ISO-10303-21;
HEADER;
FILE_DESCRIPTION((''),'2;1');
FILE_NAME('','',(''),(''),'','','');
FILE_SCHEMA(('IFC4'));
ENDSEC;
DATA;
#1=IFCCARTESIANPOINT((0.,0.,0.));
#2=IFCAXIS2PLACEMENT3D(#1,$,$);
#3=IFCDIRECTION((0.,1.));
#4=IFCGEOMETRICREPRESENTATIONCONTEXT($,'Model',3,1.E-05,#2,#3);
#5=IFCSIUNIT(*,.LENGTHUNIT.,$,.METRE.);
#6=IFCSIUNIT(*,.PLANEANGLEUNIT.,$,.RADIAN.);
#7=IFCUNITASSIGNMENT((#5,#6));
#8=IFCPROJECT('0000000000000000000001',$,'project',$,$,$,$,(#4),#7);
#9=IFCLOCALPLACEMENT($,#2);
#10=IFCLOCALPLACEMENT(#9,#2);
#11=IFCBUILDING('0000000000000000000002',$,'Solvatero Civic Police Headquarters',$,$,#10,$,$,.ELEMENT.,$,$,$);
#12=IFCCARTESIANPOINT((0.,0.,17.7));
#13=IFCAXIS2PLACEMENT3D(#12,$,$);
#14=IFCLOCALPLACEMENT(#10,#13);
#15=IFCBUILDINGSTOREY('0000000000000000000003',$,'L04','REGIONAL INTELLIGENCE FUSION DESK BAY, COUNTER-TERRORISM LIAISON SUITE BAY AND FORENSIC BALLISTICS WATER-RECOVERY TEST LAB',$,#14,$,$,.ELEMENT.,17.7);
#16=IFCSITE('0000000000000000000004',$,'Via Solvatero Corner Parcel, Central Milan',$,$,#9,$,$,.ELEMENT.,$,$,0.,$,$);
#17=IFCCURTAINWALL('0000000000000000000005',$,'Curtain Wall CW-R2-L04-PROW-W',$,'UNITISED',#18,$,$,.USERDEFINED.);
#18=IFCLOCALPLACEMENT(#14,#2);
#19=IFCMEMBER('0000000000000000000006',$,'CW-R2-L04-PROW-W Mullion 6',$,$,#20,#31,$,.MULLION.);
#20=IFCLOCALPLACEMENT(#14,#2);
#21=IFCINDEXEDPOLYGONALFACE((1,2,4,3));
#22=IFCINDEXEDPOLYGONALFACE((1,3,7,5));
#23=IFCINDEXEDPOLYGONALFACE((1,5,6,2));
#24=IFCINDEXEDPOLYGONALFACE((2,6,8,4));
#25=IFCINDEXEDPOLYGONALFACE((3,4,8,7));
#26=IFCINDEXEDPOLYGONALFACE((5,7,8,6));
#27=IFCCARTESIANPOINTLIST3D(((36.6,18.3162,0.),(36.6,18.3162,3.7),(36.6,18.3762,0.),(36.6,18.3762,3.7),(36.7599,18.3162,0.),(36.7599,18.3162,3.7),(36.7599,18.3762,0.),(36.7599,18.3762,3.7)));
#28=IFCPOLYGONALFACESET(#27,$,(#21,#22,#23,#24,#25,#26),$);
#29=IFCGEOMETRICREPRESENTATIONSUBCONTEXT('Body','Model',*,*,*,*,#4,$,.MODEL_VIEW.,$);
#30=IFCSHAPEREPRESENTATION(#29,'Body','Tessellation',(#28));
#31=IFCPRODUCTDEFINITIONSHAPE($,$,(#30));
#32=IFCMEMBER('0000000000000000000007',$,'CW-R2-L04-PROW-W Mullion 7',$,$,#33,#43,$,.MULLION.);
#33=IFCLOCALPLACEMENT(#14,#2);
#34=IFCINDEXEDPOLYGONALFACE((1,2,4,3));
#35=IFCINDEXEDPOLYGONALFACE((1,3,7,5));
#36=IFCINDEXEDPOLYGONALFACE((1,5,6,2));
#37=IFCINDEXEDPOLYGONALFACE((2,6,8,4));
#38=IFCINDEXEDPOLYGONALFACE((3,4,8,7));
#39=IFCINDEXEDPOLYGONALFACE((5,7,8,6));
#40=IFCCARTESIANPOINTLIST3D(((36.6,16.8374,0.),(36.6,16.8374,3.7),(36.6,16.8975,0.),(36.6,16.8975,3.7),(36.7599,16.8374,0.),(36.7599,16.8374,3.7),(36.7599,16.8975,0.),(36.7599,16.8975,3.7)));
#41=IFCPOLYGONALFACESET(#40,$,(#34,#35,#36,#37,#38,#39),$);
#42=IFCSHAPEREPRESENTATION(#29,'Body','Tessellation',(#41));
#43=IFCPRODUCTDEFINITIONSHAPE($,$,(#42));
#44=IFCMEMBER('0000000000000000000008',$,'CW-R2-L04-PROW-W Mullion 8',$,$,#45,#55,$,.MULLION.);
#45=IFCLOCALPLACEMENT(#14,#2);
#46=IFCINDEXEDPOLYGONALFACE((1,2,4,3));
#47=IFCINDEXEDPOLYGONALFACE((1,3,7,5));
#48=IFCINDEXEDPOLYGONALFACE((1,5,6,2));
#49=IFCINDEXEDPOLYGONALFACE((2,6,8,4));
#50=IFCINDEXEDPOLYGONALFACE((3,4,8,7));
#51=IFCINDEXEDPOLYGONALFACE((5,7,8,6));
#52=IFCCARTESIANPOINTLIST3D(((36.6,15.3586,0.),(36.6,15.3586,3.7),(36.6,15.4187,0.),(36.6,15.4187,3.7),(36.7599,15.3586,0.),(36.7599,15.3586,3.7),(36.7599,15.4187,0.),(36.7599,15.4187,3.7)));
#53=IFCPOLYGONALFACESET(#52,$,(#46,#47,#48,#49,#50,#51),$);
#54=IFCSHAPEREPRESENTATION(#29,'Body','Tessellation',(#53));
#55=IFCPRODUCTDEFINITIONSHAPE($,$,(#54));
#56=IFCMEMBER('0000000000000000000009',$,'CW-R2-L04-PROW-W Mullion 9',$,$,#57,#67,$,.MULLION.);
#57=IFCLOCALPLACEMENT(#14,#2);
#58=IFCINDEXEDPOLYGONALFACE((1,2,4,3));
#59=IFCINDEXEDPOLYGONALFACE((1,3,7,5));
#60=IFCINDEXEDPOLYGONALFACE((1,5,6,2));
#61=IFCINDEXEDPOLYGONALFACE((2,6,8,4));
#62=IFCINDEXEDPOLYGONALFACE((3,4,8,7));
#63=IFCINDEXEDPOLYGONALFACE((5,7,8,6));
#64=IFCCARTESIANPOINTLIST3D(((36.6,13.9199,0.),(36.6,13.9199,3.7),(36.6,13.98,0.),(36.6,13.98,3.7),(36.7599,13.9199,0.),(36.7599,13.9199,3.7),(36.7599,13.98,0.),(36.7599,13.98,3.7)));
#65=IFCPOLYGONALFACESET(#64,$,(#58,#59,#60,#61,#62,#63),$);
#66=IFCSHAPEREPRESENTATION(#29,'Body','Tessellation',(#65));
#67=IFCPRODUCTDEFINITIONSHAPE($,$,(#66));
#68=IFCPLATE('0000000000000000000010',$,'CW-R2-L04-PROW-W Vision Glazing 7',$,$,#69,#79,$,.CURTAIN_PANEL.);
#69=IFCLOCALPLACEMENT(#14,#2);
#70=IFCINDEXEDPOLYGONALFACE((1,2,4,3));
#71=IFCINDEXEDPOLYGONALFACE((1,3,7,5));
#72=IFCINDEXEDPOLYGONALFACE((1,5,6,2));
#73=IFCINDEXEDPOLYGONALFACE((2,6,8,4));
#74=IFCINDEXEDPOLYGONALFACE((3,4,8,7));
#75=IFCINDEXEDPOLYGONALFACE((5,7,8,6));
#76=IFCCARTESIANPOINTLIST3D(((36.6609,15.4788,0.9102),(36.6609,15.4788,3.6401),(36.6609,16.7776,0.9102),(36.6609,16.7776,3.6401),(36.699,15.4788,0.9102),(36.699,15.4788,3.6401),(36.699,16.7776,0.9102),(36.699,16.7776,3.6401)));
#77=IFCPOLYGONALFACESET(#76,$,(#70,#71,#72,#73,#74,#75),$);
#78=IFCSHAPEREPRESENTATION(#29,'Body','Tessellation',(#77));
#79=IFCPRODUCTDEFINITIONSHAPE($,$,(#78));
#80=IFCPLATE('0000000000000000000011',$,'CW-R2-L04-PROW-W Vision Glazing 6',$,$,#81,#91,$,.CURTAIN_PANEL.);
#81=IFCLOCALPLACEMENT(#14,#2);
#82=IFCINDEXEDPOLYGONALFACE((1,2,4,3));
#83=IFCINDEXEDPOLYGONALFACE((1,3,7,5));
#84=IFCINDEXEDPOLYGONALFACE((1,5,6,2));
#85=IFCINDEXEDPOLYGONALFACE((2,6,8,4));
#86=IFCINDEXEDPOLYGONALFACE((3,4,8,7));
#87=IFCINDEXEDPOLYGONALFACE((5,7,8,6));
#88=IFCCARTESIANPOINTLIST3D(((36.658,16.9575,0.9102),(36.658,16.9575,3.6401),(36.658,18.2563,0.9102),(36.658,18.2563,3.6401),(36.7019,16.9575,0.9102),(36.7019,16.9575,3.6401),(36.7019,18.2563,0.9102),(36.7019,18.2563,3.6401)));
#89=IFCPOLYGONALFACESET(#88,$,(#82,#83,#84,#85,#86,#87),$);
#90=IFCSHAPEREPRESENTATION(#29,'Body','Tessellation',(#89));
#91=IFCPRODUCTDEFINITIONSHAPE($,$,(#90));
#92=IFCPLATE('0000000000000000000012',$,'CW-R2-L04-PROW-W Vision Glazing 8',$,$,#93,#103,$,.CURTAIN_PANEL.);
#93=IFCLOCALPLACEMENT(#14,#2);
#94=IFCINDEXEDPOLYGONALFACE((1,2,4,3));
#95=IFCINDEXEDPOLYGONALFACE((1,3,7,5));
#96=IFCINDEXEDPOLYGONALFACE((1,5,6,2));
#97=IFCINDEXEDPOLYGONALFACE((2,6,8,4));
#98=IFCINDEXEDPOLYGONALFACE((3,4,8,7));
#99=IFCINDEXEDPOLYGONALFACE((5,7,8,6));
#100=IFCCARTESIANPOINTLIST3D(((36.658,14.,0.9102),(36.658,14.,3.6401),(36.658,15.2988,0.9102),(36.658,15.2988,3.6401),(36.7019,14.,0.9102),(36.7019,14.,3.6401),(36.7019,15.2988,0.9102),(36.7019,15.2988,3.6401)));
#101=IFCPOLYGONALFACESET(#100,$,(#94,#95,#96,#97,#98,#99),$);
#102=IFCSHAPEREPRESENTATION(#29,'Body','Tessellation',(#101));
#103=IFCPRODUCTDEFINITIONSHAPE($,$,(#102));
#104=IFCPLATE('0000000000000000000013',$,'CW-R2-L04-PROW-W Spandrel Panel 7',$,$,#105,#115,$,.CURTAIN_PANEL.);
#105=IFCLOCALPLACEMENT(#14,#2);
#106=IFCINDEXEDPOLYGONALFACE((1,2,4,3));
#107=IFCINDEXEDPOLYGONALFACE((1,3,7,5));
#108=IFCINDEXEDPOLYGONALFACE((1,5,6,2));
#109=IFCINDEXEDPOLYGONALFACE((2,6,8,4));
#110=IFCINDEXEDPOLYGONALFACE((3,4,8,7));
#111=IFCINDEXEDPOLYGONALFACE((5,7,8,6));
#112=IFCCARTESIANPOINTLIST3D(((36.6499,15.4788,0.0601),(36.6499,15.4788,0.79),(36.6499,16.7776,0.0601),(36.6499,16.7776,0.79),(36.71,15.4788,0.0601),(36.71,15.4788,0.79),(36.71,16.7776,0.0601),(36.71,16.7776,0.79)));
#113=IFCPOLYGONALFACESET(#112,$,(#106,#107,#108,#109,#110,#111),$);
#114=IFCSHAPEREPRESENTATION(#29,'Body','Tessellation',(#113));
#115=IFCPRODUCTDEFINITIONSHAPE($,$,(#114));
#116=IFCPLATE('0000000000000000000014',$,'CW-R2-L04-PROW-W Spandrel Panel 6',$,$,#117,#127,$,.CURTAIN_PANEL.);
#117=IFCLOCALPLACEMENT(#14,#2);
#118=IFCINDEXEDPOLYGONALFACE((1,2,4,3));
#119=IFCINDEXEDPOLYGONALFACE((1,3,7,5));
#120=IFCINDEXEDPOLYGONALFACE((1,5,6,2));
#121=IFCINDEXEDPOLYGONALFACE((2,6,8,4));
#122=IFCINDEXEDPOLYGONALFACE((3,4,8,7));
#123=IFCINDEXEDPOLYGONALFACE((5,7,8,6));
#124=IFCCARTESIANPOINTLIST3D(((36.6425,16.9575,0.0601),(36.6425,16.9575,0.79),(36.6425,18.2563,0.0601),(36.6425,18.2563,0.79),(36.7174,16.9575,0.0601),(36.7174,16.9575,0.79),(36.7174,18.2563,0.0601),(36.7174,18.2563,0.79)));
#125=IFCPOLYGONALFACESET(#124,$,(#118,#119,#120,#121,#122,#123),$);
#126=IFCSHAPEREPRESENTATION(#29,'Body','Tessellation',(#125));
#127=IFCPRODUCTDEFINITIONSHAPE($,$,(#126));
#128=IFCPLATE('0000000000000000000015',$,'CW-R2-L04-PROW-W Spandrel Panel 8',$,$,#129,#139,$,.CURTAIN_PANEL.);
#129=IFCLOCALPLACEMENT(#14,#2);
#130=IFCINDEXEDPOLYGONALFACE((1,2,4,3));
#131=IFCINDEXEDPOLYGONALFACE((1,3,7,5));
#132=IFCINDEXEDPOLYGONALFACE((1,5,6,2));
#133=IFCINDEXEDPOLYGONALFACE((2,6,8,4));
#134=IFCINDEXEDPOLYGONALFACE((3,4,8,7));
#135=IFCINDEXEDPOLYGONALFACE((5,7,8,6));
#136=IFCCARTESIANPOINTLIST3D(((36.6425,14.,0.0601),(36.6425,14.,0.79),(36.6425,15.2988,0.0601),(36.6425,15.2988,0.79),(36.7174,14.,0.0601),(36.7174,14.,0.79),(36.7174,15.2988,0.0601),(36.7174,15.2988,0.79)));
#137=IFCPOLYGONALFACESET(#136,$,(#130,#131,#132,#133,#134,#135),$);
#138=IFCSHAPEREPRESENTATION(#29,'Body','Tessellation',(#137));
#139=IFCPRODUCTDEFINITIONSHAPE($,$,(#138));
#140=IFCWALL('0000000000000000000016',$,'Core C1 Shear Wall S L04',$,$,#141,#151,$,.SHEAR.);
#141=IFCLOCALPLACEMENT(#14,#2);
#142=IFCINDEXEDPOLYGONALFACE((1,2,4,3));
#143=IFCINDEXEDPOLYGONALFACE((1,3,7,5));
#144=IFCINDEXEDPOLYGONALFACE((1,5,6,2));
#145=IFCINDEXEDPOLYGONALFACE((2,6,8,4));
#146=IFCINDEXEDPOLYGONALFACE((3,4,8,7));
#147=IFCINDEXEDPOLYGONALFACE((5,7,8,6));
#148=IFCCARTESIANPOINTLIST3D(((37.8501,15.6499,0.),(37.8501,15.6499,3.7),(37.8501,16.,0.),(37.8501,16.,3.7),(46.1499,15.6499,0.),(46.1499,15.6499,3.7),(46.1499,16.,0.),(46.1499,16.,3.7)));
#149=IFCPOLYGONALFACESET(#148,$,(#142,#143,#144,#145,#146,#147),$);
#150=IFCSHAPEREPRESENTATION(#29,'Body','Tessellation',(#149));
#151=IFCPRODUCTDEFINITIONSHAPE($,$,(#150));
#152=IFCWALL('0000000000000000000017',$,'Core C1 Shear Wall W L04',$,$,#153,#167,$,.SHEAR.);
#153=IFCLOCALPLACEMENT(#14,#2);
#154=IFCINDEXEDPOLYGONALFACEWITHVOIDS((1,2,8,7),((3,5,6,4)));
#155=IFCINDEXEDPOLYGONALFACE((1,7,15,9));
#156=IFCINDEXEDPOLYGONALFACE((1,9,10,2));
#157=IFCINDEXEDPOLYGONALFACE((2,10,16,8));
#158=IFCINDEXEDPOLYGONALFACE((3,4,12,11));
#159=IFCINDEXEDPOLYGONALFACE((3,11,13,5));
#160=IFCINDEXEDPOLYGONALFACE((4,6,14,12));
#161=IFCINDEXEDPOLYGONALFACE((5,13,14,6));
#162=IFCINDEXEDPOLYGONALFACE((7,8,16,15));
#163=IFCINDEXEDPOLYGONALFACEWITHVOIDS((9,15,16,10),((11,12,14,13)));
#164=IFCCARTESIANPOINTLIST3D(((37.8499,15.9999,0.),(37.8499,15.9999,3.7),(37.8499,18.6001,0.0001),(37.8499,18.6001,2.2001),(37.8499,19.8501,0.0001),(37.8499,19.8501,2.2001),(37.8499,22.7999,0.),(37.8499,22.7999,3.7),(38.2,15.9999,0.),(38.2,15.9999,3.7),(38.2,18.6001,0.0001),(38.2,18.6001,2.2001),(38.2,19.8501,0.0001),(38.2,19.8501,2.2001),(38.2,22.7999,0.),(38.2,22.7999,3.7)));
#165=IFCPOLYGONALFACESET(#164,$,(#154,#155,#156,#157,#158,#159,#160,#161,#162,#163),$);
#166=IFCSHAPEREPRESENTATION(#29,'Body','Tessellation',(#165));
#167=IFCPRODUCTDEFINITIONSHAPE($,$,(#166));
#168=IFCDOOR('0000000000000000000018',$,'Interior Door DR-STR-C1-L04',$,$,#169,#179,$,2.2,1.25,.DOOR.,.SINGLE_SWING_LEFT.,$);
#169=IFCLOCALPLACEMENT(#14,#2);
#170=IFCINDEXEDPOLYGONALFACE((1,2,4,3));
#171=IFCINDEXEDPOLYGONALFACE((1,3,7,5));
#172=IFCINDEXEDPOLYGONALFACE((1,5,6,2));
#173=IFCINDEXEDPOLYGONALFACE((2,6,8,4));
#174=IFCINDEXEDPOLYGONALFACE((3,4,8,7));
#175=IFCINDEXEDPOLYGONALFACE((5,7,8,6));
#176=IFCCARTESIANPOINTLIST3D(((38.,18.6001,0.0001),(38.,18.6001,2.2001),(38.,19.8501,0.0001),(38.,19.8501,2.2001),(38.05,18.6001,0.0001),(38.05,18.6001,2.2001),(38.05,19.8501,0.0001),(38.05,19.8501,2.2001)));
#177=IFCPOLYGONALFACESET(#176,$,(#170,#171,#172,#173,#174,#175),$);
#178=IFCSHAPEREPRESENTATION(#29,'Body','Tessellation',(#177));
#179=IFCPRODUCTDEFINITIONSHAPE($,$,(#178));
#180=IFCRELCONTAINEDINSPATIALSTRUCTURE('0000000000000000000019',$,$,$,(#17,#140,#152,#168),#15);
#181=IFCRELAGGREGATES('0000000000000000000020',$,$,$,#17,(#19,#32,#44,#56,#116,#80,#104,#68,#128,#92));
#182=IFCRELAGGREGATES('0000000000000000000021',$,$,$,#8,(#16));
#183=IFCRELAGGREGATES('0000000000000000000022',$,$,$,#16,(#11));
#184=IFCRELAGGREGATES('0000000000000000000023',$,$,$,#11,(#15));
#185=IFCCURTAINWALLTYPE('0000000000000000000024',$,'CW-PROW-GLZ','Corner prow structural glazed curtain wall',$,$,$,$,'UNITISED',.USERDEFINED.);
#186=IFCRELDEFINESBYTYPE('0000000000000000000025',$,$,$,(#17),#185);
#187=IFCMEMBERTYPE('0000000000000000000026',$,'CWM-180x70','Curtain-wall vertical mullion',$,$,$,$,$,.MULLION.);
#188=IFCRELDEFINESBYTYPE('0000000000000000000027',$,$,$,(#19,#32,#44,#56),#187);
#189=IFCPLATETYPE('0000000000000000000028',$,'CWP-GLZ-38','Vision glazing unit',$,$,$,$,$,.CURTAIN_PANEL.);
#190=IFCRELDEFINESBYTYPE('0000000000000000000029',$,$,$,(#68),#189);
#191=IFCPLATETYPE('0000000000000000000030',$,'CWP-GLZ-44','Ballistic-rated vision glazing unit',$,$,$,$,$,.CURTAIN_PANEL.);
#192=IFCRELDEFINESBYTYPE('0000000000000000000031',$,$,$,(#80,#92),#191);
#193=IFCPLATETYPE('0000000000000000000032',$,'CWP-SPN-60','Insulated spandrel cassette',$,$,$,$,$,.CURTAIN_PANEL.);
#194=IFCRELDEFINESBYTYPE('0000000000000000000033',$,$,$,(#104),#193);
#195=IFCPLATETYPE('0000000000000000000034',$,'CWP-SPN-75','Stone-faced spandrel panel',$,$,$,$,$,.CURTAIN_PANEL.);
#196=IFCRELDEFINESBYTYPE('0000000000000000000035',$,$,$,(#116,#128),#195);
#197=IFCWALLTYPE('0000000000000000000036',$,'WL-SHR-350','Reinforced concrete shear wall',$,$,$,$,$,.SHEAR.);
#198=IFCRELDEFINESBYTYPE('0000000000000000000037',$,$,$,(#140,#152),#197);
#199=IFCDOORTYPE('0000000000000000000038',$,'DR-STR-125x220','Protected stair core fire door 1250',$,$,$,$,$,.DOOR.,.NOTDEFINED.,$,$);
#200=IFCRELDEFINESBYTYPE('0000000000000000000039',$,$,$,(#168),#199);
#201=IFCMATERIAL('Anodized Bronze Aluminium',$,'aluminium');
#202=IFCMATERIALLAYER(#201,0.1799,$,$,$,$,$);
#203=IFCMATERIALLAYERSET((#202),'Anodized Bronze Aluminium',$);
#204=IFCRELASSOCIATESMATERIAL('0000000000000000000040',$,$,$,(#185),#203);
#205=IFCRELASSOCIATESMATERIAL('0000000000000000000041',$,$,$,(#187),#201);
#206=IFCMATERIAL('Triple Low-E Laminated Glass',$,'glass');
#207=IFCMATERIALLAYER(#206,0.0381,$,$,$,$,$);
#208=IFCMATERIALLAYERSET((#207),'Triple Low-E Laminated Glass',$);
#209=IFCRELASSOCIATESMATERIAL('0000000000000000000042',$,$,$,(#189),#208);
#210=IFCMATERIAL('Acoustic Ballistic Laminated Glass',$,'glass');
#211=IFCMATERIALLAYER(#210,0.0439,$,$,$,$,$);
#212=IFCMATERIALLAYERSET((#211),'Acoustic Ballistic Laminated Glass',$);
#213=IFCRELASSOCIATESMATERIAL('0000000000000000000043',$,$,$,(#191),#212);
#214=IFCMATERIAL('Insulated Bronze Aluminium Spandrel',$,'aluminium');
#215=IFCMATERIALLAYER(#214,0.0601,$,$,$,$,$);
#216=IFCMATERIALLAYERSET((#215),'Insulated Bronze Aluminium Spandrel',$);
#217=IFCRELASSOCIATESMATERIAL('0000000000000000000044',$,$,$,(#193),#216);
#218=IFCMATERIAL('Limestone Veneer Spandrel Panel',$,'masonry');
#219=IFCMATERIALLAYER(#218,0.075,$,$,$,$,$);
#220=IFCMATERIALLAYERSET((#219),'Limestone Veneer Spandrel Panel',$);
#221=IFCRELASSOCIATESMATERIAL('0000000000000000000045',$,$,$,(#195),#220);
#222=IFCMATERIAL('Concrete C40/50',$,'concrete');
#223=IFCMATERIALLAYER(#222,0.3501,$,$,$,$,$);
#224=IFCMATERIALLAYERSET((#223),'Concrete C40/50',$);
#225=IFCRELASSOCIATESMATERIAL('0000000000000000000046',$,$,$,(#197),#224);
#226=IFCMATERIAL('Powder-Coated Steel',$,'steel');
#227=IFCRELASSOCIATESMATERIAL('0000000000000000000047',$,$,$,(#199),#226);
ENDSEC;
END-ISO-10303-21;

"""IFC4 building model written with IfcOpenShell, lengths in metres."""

from ifc_helpers import new_model, si_unit, direction, frame, frame_2d, origin, origin_2d, place, context, subcontext, project, spatial, rectangle, extrude, material, layer, layer_set, material_profile, profile_set, type_object, element, fill, aggregate, save


model = new_model("IFC4")

# Units and contexts
model_context = context("Model", 3, precision=1e-05, world=origin(), true_north=direction((0.0, 1.0)))
body_context = subcontext(model_context, "Body", "Model", "MODEL_VIEW")
ifc_project = project(units=[si_unit("LENGTHUNIT", "METRE"), si_unit("PLANEANGLEUNIT", "RADIAN")], contexts=[model_context])

# Site, building, storey
site_placement = place(None, origin())
site = spatial("IfcSite", under=ifc_project, at=site_placement, Name="Via Solvatero Corner Parcel, Central Milan", CompositionType="ELEMENT", RefElevation=0.0)
building_placement = place(site_placement, origin())
building = spatial("IfcBuilding", under=site, at=building_placement, Name="Solvatero Civic Police Headquarters", CompositionType="ELEMENT")
storey_placement = place(building_placement, frame((0.0, 0.0, 17.7)))
storey = spatial("IfcBuildingStorey", under=building, at=storey_placement, Name="L04", Description="REGIONAL INTELLIGENCE FUSION DESK BAY, COUNTER-TERRORISM LIAISON SUITE BAY AND FORENSIC BALLISTICS WATER-RECOVERY TEST LAB", CompositionType="ELEMENT", Elevation=17.7)

# Curtain wall, members, plates
ifc_material_1 = material(Name="Anodized Bronze Aluminium", Category="aluminium")
ifc_layer_1 = layer(ifc_material_1, 0.1799)
ifc_layer_set_1 = layer_set([ifc_layer_1], Name="Anodized Bronze Aluminium")
curtain_wall_type = type_object("IfcCurtainWallType", Name="CW-PROW-GLZ", Description="Corner prow structural glazed curtain wall", ElementType="UNITISED", PredefinedType="USERDEFINED", material=ifc_layer_set_1)
curtain_wall_placement = place(storey_placement, origin())
curtain_wall = element("IfcCurtainWall", 1, at=curtain_wall_placement, inside=storey, type_object=curtain_wall_type, Name="Curtain Wall CW-R2-L04-PROW-W", ObjectType="UNITISED", PredefinedType="USERDEFINED")
ifc_material_profile = material_profile(ifc_material_1, rectangle(XDim=0.0601, YDim=0.1599, at=origin_2d()), Name="ALU MULLION 60x160")
ifc_profile_set = profile_set([ifc_material_profile], Name="Anodized Bronze Aluminium")
member_type = type_object("IfcMemberType", Name="CWM-180x70", Description="Curtain-wall vertical mullion", PredefinedType="MULLION", material=ifc_profile_set)
member_1_placement = place(storey_placement, frame((36.6799, 18.3462, 0.0), z_axis=(0.0, 0.0, 1.0), x_axis=(0.0, -1.0, 0.0)))
member_1 = element("IfcMember", 2, at=member_1_placement, type_object=member_type, Name="CW-R2-L04-PROW-W Mullion 6", PredefinedType="MULLION", context=body_context, shape_type="SweptSolid", body=[
    extrude(rectangle(XDim=0.0601, YDim=0.1599, at=origin_2d()), origin(), (0.0, 0.0, 1.0), 3.7),
])
member_2_placement = place(storey_placement, frame((36.6799, 16.8674, 0.0), z_axis=(0.0, 0.0, 1.0), x_axis=(0.0, -1.0, 0.0)))
member_2 = element("IfcMember", 3, at=member_2_placement, type_object=member_type, Name="CW-R2-L04-PROW-W Mullion 7", PredefinedType="MULLION", context=body_context, shape_type="SweptSolid", body=[
    extrude(rectangle(XDim=0.0601, YDim=0.1599, at=origin_2d()), origin(), (0.0, 0.0, 1.0), 3.7),
])
member_3_placement = place(storey_placement, frame((36.6799, 15.3887, 0.0), z_axis=(0.0, 0.0, 1.0), x_axis=(0.0, -1.0, 0.0)))
member_3 = element("IfcMember", 4, at=member_3_placement, type_object=member_type, Name="CW-R2-L04-PROW-W Mullion 8", PredefinedType="MULLION", context=body_context, shape_type="SweptSolid", body=[
    extrude(rectangle(XDim=0.0601, YDim=0.1599, at=origin_2d()), origin(), (0.0, 0.0, 1.0), 3.7),
])
member_4_placement = place(storey_placement, frame((36.6799, 13.95, 0.0), z_axis=(0.0, 0.0, 1.0), x_axis=(0.0, -1.0, 0.0)))
member_4 = element("IfcMember", 5, at=member_4_placement, type_object=member_type, Name="CW-R2-L04-PROW-W Mullion 9", PredefinedType="MULLION", context=body_context, shape_type="SweptSolid", body=[
    extrude(rectangle(XDim=0.0601, YDim=0.1599, at=origin_2d()), origin(), (0.0, 0.0, 1.0), 3.7),
])
ifc_material_2 = material(Name="Triple Low-E Laminated Glass", Category="glass")
ifc_layer_2 = layer(ifc_material_2, 0.0381)
ifc_layer_set_2 = layer_set([ifc_layer_2], Name="Triple Low-E Laminated Glass")
plate_type_1 = type_object("IfcPlateType", Name="CWP-GLZ-38", Description="Vision glazing unit", PredefinedType="CURTAIN_PANEL", material=ifc_layer_set_2)
plate_1_placement = place(storey_placement, frame((36.6799, 16.1282, 0.9102), z_axis=(0.0, 0.0, 1.0), x_axis=(0.0, -1.0, 0.0)))
plate_1 = element("IfcPlate", 6, at=plate_1_placement, type_object=plate_type_1, Name="CW-R2-L04-PROW-W Vision Glazing 7", PredefinedType="CURTAIN_PANEL", context=body_context, shape_type="SweptSolid", body=[
    extrude(rectangle(XDim=1.2988, YDim=0.0381, at=origin_2d()), origin(), (0.0, 0.0, 1.0), 2.73),
])
ifc_material_3 = material(Name="Acoustic Ballistic Laminated Glass", Category="glass")
ifc_layer_3 = layer(ifc_material_3, 0.0439)
ifc_layer_set_3 = layer_set([ifc_layer_3], Name="Acoustic Ballistic Laminated Glass")
plate_type_2 = type_object("IfcPlateType", Name="CWP-GLZ-44", Description="Ballistic-rated vision glazing unit", PredefinedType="CURTAIN_PANEL", material=ifc_layer_set_3)
plate_2_placement = place(storey_placement, frame((36.6799, 17.6069, 0.9102), z_axis=(0.0, 0.0, 1.0), x_axis=(0.0, -1.0, 0.0)))
plate_2 = element("IfcPlate", 7, at=plate_2_placement, type_object=plate_type_2, Name="CW-R2-L04-PROW-W Vision Glazing 6", PredefinedType="CURTAIN_PANEL", context=body_context, shape_type="SweptSolid", body=[
    extrude(rectangle(XDim=1.2988, YDim=0.0439, at=origin_2d()), origin(), (0.0, 0.0, 1.0), 2.73),
])
plate_3_placement = place(storey_placement, frame((36.6799, 14.6494, 0.9102), z_axis=(0.0, 0.0, 1.0), x_axis=(0.0, -1.0, 0.0)))
plate_3 = element("IfcPlate", 8, at=plate_3_placement, type_object=plate_type_2, Name="CW-R2-L04-PROW-W Vision Glazing 8", PredefinedType="CURTAIN_PANEL", context=body_context, shape_type="SweptSolid", body=[
    extrude(rectangle(XDim=1.2988, YDim=0.0439, at=origin_2d()), origin(), (0.0, 0.0, 1.0), 2.73),
])
ifc_material_4 = material(Name="Insulated Bronze Aluminium Spandrel", Category="aluminium")
ifc_layer_4 = layer(ifc_material_4, 0.0601)
ifc_layer_set_4 = layer_set([ifc_layer_4], Name="Insulated Bronze Aluminium Spandrel")
plate_type_3 = type_object("IfcPlateType", Name="CWP-SPN-60", Description="Insulated spandrel cassette", PredefinedType="CURTAIN_PANEL", material=ifc_layer_set_4)
plate_4_placement = place(storey_placement, frame((36.6799, 16.1282, 0.0601), z_axis=(0.0, 0.0, 1.0), x_axis=(0.0, -1.0, 0.0)))
plate_4 = element("IfcPlate", 9, at=plate_4_placement, type_object=plate_type_3, Name="CW-R2-L04-PROW-W Spandrel Panel 7", PredefinedType="CURTAIN_PANEL", context=body_context, shape_type="SweptSolid", body=[
    extrude(rectangle(XDim=1.2988, YDim=0.0601, at=origin_2d()), origin(), (0.0, 0.0, 1.0), 0.73),
])
ifc_material_5 = material(Name="Limestone Veneer Spandrel Panel", Category="masonry")
ifc_layer_5 = layer(ifc_material_5, 0.075)
ifc_layer_set_5 = layer_set([ifc_layer_5], Name="Limestone Veneer Spandrel Panel")
plate_type_4 = type_object("IfcPlateType", Name="CWP-SPN-75", Description="Stone-faced spandrel panel", PredefinedType="CURTAIN_PANEL", material=ifc_layer_set_5)
plate_5_placement = place(storey_placement, frame((36.6799, 17.6069, 0.0601), z_axis=(0.0, 0.0, 1.0), x_axis=(0.0, -1.0, 0.0)))
plate_5 = element("IfcPlate", 10, at=plate_5_placement, type_object=plate_type_4, Name="CW-R2-L04-PROW-W Spandrel Panel 6", PredefinedType="CURTAIN_PANEL", context=body_context, shape_type="SweptSolid", body=[
    extrude(rectangle(XDim=1.2988, YDim=0.075, at=origin_2d()), origin(), (0.0, 0.0, 1.0), 0.73),
])
plate_6_placement = place(storey_placement, frame((36.6799, 14.6494, 0.0601), z_axis=(0.0, 0.0, 1.0), x_axis=(0.0, -1.0, 0.0)))
plate_6 = element("IfcPlate", 11, at=plate_6_placement, type_object=plate_type_4, Name="CW-R2-L04-PROW-W Spandrel Panel 8", PredefinedType="CURTAIN_PANEL", context=body_context, shape_type="SweptSolid", body=[
    extrude(rectangle(XDim=1.2988, YDim=0.075, at=origin_2d()), origin(), (0.0, 0.0, 1.0), 0.73),
])
aggregate(curtain_wall, [member_1, member_2, member_3, member_4, plate_5, plate_2, plate_4, plate_1, plate_6, plate_3])

# Wall
ifc_material_6 = material(Name="Concrete C40/50", Category="concrete")
ifc_layer_6 = layer(ifc_material_6, 0.3501)
ifc_layer_set_6 = layer_set([ifc_layer_6], Name="Concrete C40/50")
wall_type = type_object("IfcWallType", Name="WL-SHR-350", Description="Reinforced concrete shear wall", PredefinedType="SHEAR", material=ifc_layer_set_6)
wall_1_placement = place(storey_placement, frame((37.8501, 15.825, 0.0), z_axis=(0.0, 0.0, 1.0), x_axis=(1.0, 0.0, 0.0)))
element("IfcWall", 12, at=wall_1_placement, inside=storey, type_object=wall_type, Name="Core C1 Shear Wall S L04", PredefinedType="SHEAR", context=body_context, shape_type="SweptSolid", body=[
    extrude(rectangle(XDim=8.2998, YDim=0.3501, at=frame_2d((4.1499, 0.0))), origin(), (0.0, 0.0, 1.0), 3.7),
])

# Wall, opening, door
wall_2_placement = place(storey_placement, frame((38.0249, 16.0, 0.0), z_axis=(0.0, 0.0, 1.0), x_axis=(0.0, 1.0, 0.0)))
wall_2 = element("IfcWall", 13, at=wall_2_placement, inside=storey, type_object=wall_type, Name="Core C1 Shear Wall W L04", PredefinedType="SHEAR", context=body_context, shape_type="SweptSolid", body=[
    extrude(rectangle(XDim=6.8, YDim=0.3501, at=frame_2d((3.3999, 0.0))), origin(), (0.0, 0.0, 1.0), 3.7),
])
opening_placement = place(wall_2_placement, frame((2.6001, 0.0, 0.0)))
opening = element("IfcOpeningElement", 14, at=opening_placement, cuts=wall_2, PredefinedType="OPENING", context=body_context, shape_type="SweptSolid", body=[
    extrude(rectangle(XDim=1.25, YDim=2.2, at=frame_2d((0.625, 1.1001))), frame((0.0, 0.1851, 0.0), z_axis=(0.0, -1.0, 0.0), x_axis=(1.0, 0.0, 0.0)), (0.0, 0.0, 1.0), 0.3701),
])
ifc_material_7 = material(Name="Powder-Coated Steel", Category="steel")
door_type = type_object("IfcDoorType", Name="DR-STR-125x220", Description="Protected stair core fire door 1250", OperationType="NOTDEFINED", PredefinedType="DOOR", material=ifc_material_7)
door_placement = place(opening_placement, origin())
door = element("IfcDoor", 15, at=door_placement, inside=storey, type_object=door_type, Name="Interior Door DR-STR-C1-L04", OperationType="SINGLE_SWING_LEFT", OverallHeight=2.2, OverallWidth=1.25, PredefinedType="DOOR", context=body_context, shape_type="SweptSolid", body=[
    extrude(rectangle(XDim=1.25, YDim=2.2, at=frame_2d((0.625, 1.1001))), frame((0.0, 0.0249, 0.0), z_axis=(0.0, -1.0, 0.0), x_axis=(1.0, 0.0, 0.0)), (0.0, 0.0, 1.0), 0.05),
])
fill(opening, door)

save(model, "model.ifc")
